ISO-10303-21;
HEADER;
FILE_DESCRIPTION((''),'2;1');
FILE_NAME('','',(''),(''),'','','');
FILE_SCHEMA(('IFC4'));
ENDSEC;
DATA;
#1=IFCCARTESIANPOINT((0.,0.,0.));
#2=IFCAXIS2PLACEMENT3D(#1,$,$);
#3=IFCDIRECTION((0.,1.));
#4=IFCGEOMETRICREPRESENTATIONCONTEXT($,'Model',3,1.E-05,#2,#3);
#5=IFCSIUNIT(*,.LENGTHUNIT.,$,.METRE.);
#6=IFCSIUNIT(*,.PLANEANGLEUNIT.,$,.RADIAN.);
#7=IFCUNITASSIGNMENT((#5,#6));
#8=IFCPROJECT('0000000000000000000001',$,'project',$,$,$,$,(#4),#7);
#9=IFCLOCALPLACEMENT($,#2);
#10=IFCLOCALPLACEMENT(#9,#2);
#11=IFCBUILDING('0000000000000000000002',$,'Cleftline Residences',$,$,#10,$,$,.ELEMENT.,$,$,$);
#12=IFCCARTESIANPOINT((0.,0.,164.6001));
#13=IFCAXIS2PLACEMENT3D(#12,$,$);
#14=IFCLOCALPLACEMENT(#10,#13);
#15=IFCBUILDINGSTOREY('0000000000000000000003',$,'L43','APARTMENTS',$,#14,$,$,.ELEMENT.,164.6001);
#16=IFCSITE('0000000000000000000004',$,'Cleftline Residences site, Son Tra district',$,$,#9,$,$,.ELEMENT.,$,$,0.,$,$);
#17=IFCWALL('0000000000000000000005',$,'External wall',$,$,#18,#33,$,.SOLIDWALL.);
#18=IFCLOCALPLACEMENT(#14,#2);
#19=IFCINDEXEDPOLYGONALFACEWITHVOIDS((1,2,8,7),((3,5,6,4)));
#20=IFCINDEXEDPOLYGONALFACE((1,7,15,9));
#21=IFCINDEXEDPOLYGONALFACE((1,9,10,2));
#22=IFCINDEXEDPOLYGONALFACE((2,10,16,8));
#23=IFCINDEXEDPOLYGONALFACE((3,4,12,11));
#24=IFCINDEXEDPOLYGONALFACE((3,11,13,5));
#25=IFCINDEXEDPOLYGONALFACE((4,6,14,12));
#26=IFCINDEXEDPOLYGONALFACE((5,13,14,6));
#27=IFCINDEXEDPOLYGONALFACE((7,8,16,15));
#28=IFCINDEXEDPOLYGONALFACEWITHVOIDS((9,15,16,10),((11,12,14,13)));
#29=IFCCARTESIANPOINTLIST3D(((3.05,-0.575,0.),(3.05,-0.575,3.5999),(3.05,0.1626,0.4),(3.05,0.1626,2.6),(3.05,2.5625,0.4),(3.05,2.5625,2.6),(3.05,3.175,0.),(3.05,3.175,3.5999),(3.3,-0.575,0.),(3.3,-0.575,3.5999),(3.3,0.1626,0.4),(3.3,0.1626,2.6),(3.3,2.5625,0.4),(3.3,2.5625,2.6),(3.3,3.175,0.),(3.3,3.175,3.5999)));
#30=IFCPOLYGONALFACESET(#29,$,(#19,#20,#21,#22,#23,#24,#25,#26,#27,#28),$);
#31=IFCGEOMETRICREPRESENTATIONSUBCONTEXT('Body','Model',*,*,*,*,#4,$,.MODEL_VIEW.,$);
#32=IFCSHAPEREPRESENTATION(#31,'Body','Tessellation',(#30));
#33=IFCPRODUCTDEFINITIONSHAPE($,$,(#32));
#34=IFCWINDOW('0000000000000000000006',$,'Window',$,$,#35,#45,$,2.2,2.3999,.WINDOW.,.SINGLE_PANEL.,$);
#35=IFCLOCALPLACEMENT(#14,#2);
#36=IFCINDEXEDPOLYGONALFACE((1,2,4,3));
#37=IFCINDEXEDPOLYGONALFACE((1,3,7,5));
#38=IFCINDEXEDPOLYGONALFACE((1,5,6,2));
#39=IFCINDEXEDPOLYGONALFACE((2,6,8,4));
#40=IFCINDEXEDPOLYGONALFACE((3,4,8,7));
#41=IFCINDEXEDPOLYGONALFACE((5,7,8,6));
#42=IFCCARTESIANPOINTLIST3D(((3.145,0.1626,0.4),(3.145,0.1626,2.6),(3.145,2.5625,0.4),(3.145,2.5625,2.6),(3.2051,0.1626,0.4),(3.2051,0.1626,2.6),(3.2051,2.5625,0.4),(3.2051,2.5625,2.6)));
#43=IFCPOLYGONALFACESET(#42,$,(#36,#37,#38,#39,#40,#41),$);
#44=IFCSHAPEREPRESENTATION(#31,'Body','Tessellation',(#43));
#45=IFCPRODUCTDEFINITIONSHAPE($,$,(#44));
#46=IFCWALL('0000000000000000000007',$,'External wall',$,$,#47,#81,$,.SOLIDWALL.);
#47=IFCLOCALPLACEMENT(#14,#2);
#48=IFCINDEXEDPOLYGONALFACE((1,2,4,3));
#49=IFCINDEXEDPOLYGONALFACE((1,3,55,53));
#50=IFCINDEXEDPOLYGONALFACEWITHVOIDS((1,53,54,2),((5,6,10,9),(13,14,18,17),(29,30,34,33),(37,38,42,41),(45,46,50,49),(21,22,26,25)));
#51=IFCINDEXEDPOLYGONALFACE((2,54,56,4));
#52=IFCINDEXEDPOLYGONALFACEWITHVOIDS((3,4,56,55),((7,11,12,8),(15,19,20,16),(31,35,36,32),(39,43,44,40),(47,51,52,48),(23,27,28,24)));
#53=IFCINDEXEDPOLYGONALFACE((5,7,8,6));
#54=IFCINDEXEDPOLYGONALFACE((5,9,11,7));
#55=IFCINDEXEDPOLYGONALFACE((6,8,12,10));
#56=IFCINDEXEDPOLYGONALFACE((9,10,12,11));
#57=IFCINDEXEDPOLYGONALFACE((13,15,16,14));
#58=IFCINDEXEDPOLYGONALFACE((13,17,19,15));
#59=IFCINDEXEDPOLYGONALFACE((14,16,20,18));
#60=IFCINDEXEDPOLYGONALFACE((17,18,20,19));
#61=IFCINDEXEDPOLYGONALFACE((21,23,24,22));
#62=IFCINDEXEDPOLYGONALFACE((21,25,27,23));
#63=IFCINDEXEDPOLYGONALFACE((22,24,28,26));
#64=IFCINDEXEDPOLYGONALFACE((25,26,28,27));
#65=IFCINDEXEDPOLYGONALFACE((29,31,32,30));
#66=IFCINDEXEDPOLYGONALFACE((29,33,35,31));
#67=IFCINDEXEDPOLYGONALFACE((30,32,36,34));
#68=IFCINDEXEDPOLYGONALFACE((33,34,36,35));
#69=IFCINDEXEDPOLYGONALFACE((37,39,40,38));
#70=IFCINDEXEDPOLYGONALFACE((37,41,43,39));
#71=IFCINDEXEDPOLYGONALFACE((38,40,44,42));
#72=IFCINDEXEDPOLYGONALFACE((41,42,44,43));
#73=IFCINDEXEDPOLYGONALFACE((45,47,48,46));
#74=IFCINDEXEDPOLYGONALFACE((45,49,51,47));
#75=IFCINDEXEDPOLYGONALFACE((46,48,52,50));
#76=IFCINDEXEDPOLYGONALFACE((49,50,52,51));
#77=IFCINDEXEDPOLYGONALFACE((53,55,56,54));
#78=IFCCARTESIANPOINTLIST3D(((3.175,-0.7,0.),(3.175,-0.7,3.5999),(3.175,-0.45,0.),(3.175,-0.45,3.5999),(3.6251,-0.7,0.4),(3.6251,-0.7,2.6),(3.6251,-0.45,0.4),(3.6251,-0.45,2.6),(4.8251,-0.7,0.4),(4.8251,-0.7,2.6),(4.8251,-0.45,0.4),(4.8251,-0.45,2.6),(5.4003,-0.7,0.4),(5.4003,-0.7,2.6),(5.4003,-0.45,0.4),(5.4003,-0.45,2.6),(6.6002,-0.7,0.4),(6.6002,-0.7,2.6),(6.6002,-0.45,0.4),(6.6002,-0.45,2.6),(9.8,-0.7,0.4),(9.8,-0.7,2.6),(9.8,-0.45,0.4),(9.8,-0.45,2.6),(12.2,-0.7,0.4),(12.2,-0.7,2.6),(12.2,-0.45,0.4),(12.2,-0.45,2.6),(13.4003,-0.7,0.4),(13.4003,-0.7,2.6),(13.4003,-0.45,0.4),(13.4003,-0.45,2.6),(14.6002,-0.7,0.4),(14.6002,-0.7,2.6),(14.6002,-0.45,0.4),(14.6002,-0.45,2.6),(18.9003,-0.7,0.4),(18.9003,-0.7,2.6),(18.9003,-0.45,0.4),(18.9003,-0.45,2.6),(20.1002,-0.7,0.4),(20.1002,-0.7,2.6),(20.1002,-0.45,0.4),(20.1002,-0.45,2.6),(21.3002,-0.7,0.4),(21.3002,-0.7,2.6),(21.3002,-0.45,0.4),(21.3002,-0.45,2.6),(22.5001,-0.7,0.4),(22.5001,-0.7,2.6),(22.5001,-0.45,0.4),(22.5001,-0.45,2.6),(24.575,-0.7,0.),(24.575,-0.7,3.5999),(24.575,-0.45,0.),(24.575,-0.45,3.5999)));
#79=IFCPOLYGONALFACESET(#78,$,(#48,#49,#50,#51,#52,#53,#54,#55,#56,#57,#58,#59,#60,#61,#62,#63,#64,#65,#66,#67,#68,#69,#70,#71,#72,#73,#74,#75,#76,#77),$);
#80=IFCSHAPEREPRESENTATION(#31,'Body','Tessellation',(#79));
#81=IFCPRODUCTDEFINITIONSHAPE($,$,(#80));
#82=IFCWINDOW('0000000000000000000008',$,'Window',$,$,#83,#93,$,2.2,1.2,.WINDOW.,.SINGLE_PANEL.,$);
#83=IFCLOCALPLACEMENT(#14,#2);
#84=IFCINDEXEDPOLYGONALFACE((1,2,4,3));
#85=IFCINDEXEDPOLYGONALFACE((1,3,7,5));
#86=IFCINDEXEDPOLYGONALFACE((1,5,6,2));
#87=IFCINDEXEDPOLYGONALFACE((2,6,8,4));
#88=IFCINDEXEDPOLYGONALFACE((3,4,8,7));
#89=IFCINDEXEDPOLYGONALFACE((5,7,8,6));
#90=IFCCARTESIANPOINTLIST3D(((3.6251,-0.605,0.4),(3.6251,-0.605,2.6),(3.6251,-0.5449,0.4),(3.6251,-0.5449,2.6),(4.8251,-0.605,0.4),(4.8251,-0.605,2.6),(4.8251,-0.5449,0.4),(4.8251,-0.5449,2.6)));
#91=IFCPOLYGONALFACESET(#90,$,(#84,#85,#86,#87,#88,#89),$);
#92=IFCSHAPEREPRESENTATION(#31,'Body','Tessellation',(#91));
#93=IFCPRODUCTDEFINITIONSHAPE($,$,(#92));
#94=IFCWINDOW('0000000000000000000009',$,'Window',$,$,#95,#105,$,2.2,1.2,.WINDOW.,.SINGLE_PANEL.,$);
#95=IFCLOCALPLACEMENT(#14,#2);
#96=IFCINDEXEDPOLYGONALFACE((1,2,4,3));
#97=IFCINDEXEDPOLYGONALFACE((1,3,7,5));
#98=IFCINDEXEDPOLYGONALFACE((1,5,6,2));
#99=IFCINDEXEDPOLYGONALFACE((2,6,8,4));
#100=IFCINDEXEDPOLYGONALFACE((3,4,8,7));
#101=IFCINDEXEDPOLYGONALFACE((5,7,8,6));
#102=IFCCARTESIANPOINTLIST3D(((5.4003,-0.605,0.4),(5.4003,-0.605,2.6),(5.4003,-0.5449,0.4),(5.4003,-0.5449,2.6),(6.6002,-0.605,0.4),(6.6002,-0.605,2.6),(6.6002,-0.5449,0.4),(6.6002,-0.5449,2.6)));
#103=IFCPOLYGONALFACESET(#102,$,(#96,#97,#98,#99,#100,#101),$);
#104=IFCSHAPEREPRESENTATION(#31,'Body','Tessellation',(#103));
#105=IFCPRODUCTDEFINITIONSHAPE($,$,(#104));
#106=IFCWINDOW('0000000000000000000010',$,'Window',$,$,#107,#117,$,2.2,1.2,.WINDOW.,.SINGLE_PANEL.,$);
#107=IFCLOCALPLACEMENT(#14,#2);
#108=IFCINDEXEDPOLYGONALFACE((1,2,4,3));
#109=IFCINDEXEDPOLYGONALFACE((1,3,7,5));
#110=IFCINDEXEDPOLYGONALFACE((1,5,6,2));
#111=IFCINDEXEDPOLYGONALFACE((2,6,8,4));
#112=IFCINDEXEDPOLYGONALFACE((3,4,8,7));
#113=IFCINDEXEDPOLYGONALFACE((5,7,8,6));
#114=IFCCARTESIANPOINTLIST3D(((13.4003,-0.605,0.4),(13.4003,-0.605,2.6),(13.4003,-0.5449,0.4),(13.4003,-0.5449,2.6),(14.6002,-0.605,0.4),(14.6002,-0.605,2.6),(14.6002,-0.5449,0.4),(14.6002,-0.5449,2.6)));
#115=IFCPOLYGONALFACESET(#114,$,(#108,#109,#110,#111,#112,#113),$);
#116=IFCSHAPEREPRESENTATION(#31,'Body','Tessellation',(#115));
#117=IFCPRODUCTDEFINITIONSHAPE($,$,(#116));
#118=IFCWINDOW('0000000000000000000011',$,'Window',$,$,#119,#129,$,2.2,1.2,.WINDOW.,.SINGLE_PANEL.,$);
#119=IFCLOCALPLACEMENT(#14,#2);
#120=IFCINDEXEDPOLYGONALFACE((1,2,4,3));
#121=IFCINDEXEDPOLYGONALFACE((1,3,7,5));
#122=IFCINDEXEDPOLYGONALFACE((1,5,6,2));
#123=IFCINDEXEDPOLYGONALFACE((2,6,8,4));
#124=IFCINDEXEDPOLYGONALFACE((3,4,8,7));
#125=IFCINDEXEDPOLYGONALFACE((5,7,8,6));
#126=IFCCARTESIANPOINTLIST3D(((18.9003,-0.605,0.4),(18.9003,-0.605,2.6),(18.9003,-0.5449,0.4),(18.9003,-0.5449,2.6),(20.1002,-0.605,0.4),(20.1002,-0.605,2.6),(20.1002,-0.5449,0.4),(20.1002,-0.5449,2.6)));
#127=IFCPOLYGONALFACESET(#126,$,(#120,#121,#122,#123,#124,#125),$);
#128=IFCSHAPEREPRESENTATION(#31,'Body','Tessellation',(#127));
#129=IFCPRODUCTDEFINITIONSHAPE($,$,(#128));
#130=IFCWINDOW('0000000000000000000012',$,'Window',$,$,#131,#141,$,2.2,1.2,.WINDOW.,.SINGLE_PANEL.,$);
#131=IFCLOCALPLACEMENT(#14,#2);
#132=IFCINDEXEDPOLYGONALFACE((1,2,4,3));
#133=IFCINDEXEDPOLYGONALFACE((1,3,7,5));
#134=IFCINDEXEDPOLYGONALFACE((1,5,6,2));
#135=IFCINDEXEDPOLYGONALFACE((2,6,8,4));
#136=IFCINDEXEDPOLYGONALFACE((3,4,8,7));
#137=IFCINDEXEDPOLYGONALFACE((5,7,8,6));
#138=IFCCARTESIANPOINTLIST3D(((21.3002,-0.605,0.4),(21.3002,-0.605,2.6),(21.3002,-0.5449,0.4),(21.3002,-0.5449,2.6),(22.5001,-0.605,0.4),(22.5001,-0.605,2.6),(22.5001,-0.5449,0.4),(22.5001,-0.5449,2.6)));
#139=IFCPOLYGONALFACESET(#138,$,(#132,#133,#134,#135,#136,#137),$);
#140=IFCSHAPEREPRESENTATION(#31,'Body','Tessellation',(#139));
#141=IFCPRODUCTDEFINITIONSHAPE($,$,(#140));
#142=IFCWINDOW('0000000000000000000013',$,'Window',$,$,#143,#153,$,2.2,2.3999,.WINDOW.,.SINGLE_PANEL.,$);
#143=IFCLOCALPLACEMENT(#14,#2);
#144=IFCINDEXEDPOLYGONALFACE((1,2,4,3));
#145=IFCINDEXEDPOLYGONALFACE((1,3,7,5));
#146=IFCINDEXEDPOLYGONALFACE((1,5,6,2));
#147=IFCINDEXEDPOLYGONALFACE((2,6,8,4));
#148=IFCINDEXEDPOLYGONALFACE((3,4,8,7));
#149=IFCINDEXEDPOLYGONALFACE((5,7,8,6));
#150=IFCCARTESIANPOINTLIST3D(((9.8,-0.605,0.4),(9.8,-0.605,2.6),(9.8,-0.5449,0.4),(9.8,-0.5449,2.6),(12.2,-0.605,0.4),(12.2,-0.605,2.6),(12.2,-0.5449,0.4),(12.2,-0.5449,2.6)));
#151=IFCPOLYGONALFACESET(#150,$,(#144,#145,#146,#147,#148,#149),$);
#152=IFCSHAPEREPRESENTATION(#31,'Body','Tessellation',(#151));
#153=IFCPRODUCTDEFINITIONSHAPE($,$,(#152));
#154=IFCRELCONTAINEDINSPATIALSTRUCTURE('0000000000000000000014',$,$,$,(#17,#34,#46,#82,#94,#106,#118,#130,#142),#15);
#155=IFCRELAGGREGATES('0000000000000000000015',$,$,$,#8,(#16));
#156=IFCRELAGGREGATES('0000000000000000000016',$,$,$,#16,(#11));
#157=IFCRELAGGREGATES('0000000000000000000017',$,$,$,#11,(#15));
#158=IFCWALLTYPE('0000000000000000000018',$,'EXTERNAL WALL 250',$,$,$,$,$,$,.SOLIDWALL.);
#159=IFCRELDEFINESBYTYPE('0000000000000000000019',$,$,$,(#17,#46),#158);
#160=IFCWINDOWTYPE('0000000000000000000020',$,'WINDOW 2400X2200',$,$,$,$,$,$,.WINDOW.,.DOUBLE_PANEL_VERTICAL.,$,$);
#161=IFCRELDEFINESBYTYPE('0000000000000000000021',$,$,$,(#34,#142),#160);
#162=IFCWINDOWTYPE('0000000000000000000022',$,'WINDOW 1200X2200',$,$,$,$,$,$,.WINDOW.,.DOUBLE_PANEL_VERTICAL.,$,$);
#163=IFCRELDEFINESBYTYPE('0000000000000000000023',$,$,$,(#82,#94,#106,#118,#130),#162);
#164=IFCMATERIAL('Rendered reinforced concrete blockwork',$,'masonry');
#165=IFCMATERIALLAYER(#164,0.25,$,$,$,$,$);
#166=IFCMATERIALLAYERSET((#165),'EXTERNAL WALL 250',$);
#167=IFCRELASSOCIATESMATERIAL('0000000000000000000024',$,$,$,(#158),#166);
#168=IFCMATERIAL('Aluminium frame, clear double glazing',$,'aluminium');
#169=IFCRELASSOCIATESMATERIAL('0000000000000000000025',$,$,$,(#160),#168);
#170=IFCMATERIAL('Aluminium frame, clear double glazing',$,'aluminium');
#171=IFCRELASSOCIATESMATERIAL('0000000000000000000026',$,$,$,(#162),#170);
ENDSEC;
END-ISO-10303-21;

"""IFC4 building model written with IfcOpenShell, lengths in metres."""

from ifc_helpers import new_model, si_unit, direction, frame, frame_2d, origin, place, context, subcontext, project, spatial, rectangle, extrude, material, layer, layer_set, type_object, element, fill, save


model = new_model("IFC4")

# Units and contexts
model_context = context("Model", 3, precision=1e-05, world=origin(), true_north=direction((0.0, 1.0)))
body_context = subcontext(model_context, "Body", "Model", "MODEL_VIEW")
ifc_project = project(units=[si_unit("LENGTHUNIT", "METRE"), si_unit("PLANEANGLEUNIT", "RADIAN")], contexts=[model_context])

# Site, building, storey
site_placement = place(None, origin())
site = spatial("IfcSite", under=ifc_project, at=site_placement, Name="Cleftline Residences site, Son Tra district", CompositionType="ELEMENT", RefElevation=0.0)
building_placement = place(site_placement, origin())
building = spatial("IfcBuilding", under=site, at=building_placement, Name="Cleftline Residences", CompositionType="ELEMENT")
storey_placement = place(building_placement, frame((0.0, 0.0, 164.6001)))
storey = spatial("IfcBuildingStorey", under=building, at=storey_placement, Name="L43", Description="APARTMENTS", CompositionType="ELEMENT", Elevation=164.6001)

# Wall, opening, window
ifc_material_1 = material(Name="Rendered reinforced concrete blockwork", Category="masonry")
ifc_layer_1 = layer(ifc_material_1, 0.25)
ifc_layer_set_1 = layer_set([ifc_layer_1], Name="EXTERNAL WALL 250")
wall_type_1 = type_object("IfcWallType", Name="EXTERNAL WALL 250", PredefinedType="SOLIDWALL", material=ifc_layer_set_1)
wall_1_placement = place(storey_placement, frame((3.175, 3.175, 0.0), z_axis=(0.0, 0.0, 1.0), x_axis=(0.0, -1.0, 0.0)))
wall_1 = element("IfcWall", 1, at=wall_1_placement, inside=storey, type_object=wall_type_1, Name="External wall", PredefinedType="SOLIDWALL", context=body_context, shape_type="SweptSolid", body=[
    extrude(rectangle(XDim=3.75, YDim=0.25, at=frame_2d((1.875, 0.0))), origin(), (0.0, 0.0, 1.0), 3.5999),
])
opening_1_placement = place(wall_1_placement, frame((0.6125, 0.0, 0.3999)))
opening_1 = element("IfcOpeningElement", 2, at=opening_1_placement, cuts=wall_1, PredefinedType="OPENING", context=body_context, shape_type="SweptSolid", body=[
    extrude(rectangle(XDim=2.3999, YDim=2.2, at=frame_2d((1.2, 1.1001))), frame((0.0, 0.135, 0.0), z_axis=(0.0, -1.0, 0.0), x_axis=(1.0, 0.0, 0.0)), (0.0, 0.0, 1.0), 0.27),
])
ifc_material_2 = material(Name="Aluminium frame, clear double glazing", Category="aluminium")
window_type_1 = type_object("IfcWindowType", Name="WINDOW 2400X2200", PartitioningType="DOUBLE_PANEL_VERTICAL", PredefinedType="WINDOW", material=ifc_material_2)
window_1_placement = place(opening_1_placement, origin())
window_1 = element("IfcWindow", 3, at=window_1_placement, inside=storey, type_object=window_type_1, Name="Window", OverallHeight=2.2, OverallWidth=2.3999, PartitioningType="SINGLE_PANEL", PredefinedType="WINDOW", context=body_context, shape_type="SweptSolid", body=[
    extrude(rectangle(XDim=2.3999, YDim=2.2, at=frame_2d((1.2, 1.1001))), frame((0.0, 0.03, 0.0), z_axis=(0.0, -1.0, 0.0), x_axis=(1.0, 0.0, 0.0)), (0.0, 0.0, 1.0), 0.0601),
])
fill(opening_1, window_1)

# Wall, openings, windows
wall_2_placement = place(storey_placement, frame((3.175, -0.575, 0.0), z_axis=(0.0, 0.0, 1.0), x_axis=(1.0, 0.0, 0.0)))
wall_2 = element("IfcWall", 4, at=wall_2_placement, inside=storey, type_object=wall_type_1, Name="External wall", PredefinedType="SOLIDWALL", context=body_context, shape_type="SweptSolid", body=[
    extrude(rectangle(XDim=21.3999, YDim=0.25, at=frame_2d((10.7, 0.0))), origin(), (0.0, 0.0, 1.0), 3.5999),
])
opening_2_placement = place(wall_2_placement, frame((0.45, 0.0, 0.3999)))
opening_2 = element("IfcOpeningElement", 5, at=opening_2_placement, cuts=wall_2, PredefinedType="OPENING", context=body_context, shape_type="SweptSolid", body=[
    extrude(rectangle(XDim=1.2, YDim=2.2, at=frame_2d((0.6001, 1.1001))), frame((0.0, 0.135, 0.0), z_axis=(0.0, -1.0, 0.0), x_axis=(1.0, 0.0, 0.0)), (0.0, 0.0, 1.0), 0.27),
])
opening_3_placement = place(wall_2_placement, frame((2.2251, 0.0, 0.3999)))
opening_3 = element("IfcOpeningElement", 6, at=opening_3_placement, cuts=wall_2, PredefinedType="OPENING", context=body_context, shape_type="SweptSolid", body=[
    extrude(rectangle(XDim=1.2, YDim=2.2, at=frame_2d((0.6001, 1.1001))), frame((0.0, 0.135, 0.0), z_axis=(0.0, -1.0, 0.0), x_axis=(1.0, 0.0, 0.0)), (0.0, 0.0, 1.0), 0.27),
])
opening_4_placement = place(wall_2_placement, frame((6.625, 0.0, 0.3999)))
opening_4 = element("IfcOpeningElement", 7, at=opening_4_placement, cuts=wall_2, PredefinedType="OPENING", context=body_context, shape_type="SweptSolid", body=[
    extrude(rectangle(XDim=2.3999, YDim=2.2, at=frame_2d((1.2, 1.1001))), frame((0.0, 0.135, 0.0), z_axis=(0.0, -1.0, 0.0), x_axis=(1.0, 0.0, 0.0)), (0.0, 0.0, 1.0), 0.27),
])
opening_5_placement = place(wall_2_placement, frame((10.2251, 0.0, 0.3999)))
opening_5 = element("IfcOpeningElement", 8, at=opening_5_placement, cuts=wall_2, PredefinedType="OPENING", context=body_context, shape_type="SweptSolid", body=[
    extrude(rectangle(XDim=1.2, YDim=2.2, at=frame_2d((0.6001, 1.1001))), frame((0.0, 0.135, 0.0), z_axis=(0.0, -1.0, 0.0), x_axis=(1.0, 0.0, 0.0)), (0.0, 0.0, 1.0), 0.27),
])
opening_6_placement = place(wall_2_placement, frame((15.7251, 0.0, 0.3999)))
opening_6 = element("IfcOpeningElement", 9, at=opening_6_placement, cuts=wall_2, PredefinedType="OPENING", context=body_context, shape_type="SweptSolid", body=[
    extrude(rectangle(XDim=1.2, YDim=2.2, at=frame_2d((0.6001, 1.1001))), frame((0.0, 0.135, 0.0), z_axis=(0.0, -1.0, 0.0), x_axis=(1.0, 0.0, 0.0)), (0.0, 0.0, 1.0), 0.27),
])
opening_7_placement = place(wall_2_placement, frame((18.125, 0.0, 0.3999)))
opening_7 = element("IfcOpeningElement", 10, at=opening_7_placement, cuts=wall_2, PredefinedType="OPENING", context=body_context, shape_type="SweptSolid", body=[
    extrude(rectangle(XDim=1.2, YDim=2.2, at=frame_2d((0.6001, 1.1001))), frame((0.0, 0.135, 0.0), z_axis=(0.0, -1.0, 0.0), x_axis=(1.0, 0.0, 0.0)), (0.0, 0.0, 1.0), 0.27),
])
ifc_material_3 = material(Name="Aluminium frame, clear double glazing", Category="aluminium")
window_type_2 = type_object("IfcWindowType", Name="WINDOW 1200X2200", PartitioningType="DOUBLE_PANEL_VERTICAL", PredefinedType="WINDOW", material=ifc_material_3)
window_2_placement = place(opening_2_placement, origin())
window_2 = element("IfcWindow", 11, at=window_2_placement, inside=storey, type_object=window_type_2, Name="Window", OverallHeight=2.2, OverallWidth=1.2, PartitioningType="SINGLE_PANEL", PredefinedType="WINDOW", context=body_context, shape_type="SweptSolid", body=[
    extrude(rectangle(XDim=1.2, YDim=2.2, at=frame_2d((0.6001, 1.1001))), frame((0.0, 0.03, 0.0), z_axis=(0.0, -1.0, 0.0), x_axis=(1.0, 0.0, 0.0)), (0.0, 0.0, 1.0), 0.0601),
])
fill(opening_2, window_2)
window_3_placement = place(opening_3_placement, origin())
window_3 = element("IfcWindow", 12, at=window_3_placement, inside=storey, type_object=window_type_2, Name="Window", OverallHeight=2.2, OverallWidth=1.2, PartitioningType="SINGLE_PANEL", PredefinedType="WINDOW", context=body_context, shape_type="SweptSolid", body=[
    extrude(rectangle(XDim=1.2, YDim=2.2, at=frame_2d((0.6001, 1.1001))), frame((0.0, 0.03, 0.0), z_axis=(0.0, -1.0, 0.0), x_axis=(1.0, 0.0, 0.0)), (0.0, 0.0, 1.0), 0.0601),
])
fill(opening_3, window_3)
window_4_placement = place(opening_5_placement, origin())
window_4 = element("IfcWindow", 13, at=window_4_placement, inside=storey, type_object=window_type_2, Name="Window", OverallHeight=2.2, OverallWidth=1.2, PartitioningType="SINGLE_PANEL", PredefinedType="WINDOW", context=body_context, shape_type="SweptSolid", body=[
    extrude(rectangle(XDim=1.2, YDim=2.2, at=frame_2d((0.6001, 1.1001))), frame((0.0, 0.03, 0.0), z_axis=(0.0, -1.0, 0.0), x_axis=(1.0, 0.0, 0.0)), (0.0, 0.0, 1.0), 0.0601),
])
fill(opening_5, window_4)
window_5_placement = place(opening_6_placement, origin())
window_5 = element("IfcWindow", 14, at=window_5_placement, inside=storey, type_object=window_type_2, Name="Window", OverallHeight=2.2, OverallWidth=1.2, PartitioningType="SINGLE_PANEL", PredefinedType="WINDOW", context=body_context, shape_type="SweptSolid", body=[
    extrude(rectangle(XDim=1.2, YDim=2.2, at=frame_2d((0.6001, 1.1001))), frame((0.0, 0.03, 0.0), z_axis=(0.0, -1.0, 0.0), x_axis=(1.0, 0.0, 0.0)), (0.0, 0.0, 1.0), 0.0601),
])
fill(opening_6, window_5)
window_6_placement = place(opening_7_placement, origin())
window_6 = element("IfcWindow", 15, at=window_6_placement, inside=storey, type_object=window_type_2, Name="Window", OverallHeight=2.2, OverallWidth=1.2, PartitioningType="SINGLE_PANEL", PredefinedType="WINDOW", context=body_context, shape_type="SweptSolid", body=[
    extrude(rectangle(XDim=1.2, YDim=2.2, at=frame_2d((0.6001, 1.1001))), frame((0.0, 0.03, 0.0), z_axis=(0.0, -1.0, 0.0), x_axis=(1.0, 0.0, 0.0)), (0.0, 0.0, 1.0), 0.0601),
])
fill(opening_7, window_6)
window_7_placement = place(opening_4_placement, origin())
window_7 = element("IfcWindow", 16, at=window_7_placement, inside=storey, type_object=window_type_1, Name="Window", OverallHeight=2.2, OverallWidth=2.3999, PartitioningType="SINGLE_PANEL", PredefinedType="WINDOW", context=body_context, shape_type="SweptSolid", body=[
    extrude(rectangle(XDim=2.3999, YDim=2.2, at=frame_2d((1.2, 1.1001))), frame((0.0, 0.03, 0.0), z_axis=(0.0, -1.0, 0.0), x_axis=(1.0, 0.0, 0.0)), (0.0, 0.0, 1.0), 0.0601),
])
fill(opening_4, window_7)

save(model, "model.ifc")
